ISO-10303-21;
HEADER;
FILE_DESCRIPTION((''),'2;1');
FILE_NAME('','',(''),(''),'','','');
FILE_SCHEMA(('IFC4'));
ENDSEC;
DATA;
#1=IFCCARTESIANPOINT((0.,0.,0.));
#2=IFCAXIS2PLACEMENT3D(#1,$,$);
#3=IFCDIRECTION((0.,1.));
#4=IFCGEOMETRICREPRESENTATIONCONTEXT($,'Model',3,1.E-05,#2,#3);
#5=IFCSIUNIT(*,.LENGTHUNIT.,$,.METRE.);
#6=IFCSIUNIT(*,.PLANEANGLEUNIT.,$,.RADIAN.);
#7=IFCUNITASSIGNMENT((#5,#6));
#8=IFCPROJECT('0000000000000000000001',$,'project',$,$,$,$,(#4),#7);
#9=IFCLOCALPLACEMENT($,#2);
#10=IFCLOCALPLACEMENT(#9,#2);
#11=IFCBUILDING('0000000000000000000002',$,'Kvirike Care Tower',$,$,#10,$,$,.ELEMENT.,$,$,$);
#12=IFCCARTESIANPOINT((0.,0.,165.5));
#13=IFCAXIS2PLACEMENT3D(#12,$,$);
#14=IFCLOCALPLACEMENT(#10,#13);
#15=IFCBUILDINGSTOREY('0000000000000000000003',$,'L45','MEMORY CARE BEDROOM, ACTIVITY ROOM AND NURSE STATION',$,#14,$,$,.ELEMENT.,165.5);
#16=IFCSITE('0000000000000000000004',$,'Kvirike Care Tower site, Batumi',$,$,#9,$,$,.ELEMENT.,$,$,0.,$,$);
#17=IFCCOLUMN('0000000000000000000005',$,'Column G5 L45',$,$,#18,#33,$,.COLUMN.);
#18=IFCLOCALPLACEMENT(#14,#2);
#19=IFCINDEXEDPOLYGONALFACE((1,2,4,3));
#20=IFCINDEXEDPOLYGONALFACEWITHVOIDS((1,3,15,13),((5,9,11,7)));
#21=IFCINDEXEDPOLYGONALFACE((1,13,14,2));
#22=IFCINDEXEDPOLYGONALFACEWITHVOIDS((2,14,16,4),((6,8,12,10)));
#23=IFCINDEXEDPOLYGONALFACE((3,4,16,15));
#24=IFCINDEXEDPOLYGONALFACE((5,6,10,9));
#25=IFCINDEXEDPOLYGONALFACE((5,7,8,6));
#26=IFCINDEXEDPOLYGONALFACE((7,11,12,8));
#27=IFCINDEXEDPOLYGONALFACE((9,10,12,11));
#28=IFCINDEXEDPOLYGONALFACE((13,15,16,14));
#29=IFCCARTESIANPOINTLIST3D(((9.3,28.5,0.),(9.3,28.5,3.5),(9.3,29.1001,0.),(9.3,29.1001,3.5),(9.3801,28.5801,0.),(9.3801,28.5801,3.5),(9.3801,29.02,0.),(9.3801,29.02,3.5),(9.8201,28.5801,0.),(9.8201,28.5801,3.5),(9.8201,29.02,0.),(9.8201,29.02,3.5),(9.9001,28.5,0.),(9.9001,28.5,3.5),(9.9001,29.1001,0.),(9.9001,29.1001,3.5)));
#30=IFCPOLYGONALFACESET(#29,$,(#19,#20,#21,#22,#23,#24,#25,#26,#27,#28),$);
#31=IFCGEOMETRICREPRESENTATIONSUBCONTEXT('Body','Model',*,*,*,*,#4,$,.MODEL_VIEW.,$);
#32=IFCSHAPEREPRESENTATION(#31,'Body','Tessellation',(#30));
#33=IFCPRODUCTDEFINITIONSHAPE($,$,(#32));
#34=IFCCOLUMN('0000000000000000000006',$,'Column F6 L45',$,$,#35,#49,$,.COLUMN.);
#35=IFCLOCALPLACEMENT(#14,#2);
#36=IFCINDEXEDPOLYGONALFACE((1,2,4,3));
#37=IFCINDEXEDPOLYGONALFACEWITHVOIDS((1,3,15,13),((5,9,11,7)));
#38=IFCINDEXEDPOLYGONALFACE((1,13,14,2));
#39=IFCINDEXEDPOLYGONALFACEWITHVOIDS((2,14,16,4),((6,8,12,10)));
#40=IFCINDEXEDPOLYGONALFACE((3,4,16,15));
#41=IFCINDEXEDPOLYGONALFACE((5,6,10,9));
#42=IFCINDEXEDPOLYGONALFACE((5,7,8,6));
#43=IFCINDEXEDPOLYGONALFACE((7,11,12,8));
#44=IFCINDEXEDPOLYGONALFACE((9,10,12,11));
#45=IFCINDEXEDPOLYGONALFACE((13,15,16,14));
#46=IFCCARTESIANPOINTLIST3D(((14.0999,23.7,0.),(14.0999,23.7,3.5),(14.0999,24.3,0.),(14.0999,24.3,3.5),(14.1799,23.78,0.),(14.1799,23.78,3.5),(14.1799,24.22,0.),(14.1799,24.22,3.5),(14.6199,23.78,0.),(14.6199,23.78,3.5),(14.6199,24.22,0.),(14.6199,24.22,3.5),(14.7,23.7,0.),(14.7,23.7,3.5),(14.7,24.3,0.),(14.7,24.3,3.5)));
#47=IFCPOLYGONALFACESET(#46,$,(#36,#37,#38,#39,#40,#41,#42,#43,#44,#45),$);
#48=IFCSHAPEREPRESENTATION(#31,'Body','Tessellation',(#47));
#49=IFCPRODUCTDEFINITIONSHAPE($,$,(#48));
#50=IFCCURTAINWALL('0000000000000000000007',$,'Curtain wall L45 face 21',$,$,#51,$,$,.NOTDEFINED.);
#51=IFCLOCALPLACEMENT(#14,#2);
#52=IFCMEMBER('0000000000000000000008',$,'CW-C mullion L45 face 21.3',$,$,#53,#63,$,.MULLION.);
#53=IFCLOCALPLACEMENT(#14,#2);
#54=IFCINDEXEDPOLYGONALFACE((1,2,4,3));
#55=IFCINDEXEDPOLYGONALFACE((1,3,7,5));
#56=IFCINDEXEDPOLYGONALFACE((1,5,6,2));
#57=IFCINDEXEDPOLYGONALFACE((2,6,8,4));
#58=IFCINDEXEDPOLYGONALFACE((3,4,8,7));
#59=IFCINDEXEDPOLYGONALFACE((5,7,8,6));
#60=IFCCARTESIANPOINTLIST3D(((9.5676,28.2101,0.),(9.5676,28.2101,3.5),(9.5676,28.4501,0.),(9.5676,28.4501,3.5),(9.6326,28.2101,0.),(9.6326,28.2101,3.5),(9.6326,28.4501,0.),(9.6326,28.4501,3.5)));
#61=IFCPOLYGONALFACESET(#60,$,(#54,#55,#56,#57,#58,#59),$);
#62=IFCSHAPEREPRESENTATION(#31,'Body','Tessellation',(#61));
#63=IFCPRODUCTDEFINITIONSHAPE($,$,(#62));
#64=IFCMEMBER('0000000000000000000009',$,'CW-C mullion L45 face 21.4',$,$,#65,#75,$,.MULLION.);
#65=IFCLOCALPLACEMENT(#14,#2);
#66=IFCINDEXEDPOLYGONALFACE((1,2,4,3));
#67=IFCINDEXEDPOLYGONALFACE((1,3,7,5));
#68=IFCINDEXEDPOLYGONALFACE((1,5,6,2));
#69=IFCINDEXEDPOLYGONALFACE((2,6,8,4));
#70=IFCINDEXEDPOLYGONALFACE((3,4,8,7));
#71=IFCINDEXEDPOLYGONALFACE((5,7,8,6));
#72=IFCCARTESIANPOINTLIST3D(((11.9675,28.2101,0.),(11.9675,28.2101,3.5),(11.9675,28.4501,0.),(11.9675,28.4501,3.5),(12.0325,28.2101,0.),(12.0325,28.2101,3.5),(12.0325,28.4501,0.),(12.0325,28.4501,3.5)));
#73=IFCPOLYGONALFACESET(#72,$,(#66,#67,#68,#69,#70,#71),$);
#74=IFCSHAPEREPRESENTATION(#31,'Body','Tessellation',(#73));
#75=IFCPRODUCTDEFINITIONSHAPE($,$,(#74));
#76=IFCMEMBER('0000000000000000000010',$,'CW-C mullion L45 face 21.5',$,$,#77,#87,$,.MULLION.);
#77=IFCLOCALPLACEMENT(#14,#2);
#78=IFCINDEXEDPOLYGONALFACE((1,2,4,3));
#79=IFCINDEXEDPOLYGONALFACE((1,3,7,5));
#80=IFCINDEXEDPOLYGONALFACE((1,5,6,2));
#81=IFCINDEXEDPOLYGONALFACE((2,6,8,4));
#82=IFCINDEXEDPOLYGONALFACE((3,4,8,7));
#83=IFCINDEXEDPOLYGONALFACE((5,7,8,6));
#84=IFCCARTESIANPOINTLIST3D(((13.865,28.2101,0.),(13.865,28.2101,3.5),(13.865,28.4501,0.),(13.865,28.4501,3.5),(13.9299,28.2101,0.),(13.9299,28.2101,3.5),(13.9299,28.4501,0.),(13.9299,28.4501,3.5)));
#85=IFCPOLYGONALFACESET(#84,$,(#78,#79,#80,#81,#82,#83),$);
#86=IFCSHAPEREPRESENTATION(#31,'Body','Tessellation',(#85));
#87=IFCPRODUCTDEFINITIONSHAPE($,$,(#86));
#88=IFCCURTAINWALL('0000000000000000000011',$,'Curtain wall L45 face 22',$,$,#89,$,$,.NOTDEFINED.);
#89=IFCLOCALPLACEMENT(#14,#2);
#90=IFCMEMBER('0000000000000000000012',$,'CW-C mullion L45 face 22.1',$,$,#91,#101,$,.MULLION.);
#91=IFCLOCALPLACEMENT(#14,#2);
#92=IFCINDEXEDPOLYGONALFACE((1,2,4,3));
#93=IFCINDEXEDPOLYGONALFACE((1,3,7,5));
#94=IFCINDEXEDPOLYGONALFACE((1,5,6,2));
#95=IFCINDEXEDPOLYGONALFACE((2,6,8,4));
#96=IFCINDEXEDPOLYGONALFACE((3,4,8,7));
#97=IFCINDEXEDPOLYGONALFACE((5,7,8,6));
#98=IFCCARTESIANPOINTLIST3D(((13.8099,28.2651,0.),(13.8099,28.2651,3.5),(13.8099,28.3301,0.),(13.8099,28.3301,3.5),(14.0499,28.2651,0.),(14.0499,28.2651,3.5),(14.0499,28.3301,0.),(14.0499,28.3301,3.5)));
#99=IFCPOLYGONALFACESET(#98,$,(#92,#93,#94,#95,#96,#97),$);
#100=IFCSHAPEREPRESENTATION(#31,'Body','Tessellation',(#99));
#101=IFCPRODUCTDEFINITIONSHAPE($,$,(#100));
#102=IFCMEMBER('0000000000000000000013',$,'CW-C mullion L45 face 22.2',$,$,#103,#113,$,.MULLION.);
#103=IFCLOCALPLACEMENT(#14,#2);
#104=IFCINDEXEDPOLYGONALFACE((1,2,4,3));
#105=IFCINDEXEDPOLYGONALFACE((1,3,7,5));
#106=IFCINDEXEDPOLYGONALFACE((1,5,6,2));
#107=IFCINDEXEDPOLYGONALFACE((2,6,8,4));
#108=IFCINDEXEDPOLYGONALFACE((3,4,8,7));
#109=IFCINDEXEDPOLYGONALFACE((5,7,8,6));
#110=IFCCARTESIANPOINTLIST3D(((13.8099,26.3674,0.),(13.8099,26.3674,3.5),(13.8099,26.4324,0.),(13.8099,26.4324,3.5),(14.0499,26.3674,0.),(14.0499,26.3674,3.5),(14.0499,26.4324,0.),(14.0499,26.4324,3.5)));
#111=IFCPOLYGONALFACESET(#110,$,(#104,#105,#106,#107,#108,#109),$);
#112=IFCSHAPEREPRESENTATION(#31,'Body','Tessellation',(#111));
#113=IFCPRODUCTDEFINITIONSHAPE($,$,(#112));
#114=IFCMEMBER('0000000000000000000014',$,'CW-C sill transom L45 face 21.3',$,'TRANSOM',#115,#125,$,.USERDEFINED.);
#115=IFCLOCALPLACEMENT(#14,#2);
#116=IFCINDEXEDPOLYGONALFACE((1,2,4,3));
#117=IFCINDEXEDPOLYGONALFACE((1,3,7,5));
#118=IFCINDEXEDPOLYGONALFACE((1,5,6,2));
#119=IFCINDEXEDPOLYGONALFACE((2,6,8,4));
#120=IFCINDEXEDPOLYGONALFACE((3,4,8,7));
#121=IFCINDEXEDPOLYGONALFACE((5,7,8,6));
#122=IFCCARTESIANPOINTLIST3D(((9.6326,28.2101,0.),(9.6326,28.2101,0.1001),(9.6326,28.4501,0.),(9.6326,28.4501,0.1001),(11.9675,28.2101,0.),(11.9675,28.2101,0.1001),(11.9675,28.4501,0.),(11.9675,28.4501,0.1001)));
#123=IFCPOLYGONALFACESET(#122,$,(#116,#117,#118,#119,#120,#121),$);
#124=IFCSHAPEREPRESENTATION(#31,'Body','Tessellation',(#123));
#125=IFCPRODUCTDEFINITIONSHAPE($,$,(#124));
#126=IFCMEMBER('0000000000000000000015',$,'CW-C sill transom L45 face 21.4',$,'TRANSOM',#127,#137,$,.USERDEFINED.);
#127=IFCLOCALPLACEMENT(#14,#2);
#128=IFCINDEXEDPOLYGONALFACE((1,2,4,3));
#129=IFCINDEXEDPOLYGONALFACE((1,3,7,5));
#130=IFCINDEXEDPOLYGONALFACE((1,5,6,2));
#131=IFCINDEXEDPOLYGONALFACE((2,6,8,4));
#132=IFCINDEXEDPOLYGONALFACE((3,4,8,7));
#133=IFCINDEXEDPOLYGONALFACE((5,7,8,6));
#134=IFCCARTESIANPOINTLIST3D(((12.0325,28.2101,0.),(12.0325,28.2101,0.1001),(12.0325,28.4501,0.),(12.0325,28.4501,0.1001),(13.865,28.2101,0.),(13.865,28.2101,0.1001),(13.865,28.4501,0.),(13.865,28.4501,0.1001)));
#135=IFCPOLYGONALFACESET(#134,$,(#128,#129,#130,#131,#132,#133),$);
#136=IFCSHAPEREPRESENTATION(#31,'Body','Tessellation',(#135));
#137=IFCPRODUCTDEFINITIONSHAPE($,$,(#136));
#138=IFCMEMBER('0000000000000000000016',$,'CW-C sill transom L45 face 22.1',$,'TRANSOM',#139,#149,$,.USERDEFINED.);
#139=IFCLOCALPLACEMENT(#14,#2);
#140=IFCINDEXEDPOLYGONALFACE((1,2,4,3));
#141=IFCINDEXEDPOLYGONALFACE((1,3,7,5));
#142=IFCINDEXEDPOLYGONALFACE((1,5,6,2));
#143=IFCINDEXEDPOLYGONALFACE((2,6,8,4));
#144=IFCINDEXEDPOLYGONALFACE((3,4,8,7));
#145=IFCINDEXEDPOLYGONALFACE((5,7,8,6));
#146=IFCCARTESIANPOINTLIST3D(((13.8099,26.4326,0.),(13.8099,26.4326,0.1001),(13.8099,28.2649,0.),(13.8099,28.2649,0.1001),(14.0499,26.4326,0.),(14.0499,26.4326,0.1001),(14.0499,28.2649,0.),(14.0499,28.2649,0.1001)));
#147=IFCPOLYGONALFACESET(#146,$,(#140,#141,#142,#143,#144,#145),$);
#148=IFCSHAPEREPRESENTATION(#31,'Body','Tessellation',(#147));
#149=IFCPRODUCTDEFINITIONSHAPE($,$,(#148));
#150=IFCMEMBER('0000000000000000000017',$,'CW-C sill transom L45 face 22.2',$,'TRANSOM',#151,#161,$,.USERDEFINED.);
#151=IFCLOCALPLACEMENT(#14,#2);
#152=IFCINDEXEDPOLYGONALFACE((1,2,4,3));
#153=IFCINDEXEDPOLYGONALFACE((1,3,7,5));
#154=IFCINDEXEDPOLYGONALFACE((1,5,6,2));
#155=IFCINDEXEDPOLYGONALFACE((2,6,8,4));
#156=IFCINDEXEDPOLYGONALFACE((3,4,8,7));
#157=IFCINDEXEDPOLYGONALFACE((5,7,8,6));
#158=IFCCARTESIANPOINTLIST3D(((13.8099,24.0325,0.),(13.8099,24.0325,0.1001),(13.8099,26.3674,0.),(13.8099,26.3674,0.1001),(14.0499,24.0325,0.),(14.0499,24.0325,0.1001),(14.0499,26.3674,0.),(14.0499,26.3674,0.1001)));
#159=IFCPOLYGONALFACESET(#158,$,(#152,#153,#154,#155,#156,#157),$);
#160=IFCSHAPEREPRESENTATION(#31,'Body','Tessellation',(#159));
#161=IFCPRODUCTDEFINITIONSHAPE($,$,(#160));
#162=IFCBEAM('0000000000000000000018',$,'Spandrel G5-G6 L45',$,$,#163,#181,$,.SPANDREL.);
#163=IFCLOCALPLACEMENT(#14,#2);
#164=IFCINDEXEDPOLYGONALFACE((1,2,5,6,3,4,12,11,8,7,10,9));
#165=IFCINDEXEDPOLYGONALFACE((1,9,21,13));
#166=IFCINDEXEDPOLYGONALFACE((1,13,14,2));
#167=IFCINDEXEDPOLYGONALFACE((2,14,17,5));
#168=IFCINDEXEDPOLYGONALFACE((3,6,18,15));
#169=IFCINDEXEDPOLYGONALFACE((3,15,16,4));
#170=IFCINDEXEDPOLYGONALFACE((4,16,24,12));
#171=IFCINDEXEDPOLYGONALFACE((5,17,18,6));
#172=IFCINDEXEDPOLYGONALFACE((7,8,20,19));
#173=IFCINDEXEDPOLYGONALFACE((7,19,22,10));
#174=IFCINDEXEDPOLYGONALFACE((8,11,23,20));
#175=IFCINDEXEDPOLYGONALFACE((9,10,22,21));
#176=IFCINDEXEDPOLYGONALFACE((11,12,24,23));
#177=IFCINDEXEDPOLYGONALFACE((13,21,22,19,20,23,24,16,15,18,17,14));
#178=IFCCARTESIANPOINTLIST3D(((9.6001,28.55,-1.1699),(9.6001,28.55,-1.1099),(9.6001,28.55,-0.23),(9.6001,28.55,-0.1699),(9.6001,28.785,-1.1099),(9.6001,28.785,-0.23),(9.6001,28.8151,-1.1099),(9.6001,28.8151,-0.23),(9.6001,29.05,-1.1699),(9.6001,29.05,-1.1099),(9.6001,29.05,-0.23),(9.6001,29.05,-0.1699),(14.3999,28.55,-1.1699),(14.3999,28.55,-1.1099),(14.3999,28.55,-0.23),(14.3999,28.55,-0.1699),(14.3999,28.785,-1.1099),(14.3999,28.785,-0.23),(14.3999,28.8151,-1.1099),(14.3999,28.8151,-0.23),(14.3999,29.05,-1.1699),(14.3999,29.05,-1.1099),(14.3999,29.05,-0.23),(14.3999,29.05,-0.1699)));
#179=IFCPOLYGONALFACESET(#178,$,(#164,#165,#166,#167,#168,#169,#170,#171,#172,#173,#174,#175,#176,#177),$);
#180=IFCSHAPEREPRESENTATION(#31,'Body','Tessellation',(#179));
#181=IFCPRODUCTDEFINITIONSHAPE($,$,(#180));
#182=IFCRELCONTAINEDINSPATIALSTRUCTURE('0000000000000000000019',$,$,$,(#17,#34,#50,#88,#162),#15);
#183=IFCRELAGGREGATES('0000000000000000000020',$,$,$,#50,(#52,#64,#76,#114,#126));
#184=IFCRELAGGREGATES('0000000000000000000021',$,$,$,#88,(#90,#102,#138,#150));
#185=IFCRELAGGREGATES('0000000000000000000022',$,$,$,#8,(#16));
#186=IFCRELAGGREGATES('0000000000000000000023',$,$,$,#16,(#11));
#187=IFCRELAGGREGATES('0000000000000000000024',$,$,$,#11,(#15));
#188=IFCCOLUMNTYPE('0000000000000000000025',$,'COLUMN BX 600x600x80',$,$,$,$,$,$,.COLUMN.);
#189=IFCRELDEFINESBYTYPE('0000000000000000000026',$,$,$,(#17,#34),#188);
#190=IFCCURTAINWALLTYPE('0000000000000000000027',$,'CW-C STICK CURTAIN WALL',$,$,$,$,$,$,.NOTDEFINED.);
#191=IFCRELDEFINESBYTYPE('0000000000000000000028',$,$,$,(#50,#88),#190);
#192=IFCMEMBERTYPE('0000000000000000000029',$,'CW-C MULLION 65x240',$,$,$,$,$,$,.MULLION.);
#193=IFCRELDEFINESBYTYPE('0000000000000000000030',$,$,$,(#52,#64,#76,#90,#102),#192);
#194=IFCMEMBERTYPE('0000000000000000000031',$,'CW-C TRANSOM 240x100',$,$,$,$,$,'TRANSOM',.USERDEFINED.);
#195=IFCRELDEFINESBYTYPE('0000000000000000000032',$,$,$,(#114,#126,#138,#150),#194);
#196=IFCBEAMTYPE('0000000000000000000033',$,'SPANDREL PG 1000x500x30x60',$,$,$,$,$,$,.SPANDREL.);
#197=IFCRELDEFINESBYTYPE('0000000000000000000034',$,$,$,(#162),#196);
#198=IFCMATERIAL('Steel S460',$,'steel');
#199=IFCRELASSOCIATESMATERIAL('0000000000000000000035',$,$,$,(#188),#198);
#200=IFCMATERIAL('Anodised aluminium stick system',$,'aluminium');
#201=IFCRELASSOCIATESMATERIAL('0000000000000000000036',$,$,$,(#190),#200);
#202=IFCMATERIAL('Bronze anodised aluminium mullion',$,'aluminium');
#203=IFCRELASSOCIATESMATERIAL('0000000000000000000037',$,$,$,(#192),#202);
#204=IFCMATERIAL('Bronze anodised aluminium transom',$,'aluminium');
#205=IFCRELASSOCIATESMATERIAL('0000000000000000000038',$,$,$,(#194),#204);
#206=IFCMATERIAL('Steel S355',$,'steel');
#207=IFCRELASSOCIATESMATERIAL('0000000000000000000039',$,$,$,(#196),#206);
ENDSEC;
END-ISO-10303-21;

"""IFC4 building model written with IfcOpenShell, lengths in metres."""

from ifc_helpers import new_model, si_unit, direction, frame, origin, origin_2d, place, context, subcontext, project, spatial, rectangle, hollow_rectangle, i_section, extrude, material, material_profile, profile_set, type_object, element, aggregate, save


model = new_model("IFC4")

# Units and contexts
model_context = context("Model", 3, precision=1e-05, world=origin(), true_north=direction((0.0, 1.0)))
body_context = subcontext(model_context, "Body", "Model", "MODEL_VIEW")
ifc_project = project(units=[si_unit("LENGTHUNIT", "METRE"), si_unit("PLANEANGLEUNIT", "RADIAN")], contexts=[model_context])

# Site, building, storey
site_placement = place(None, origin())
site = spatial("IfcSite", under=ifc_project, at=site_placement, Name="Kvirike Care Tower site, Batumi", CompositionType="ELEMENT", RefElevation=0.0)
building_placement = place(site_placement, origin())
building = spatial("IfcBuilding", under=site, at=building_placement, Name="Kvirike Care Tower", CompositionType="ELEMENT")
storey_placement = place(building_placement, frame((0.0, 0.0, 165.5)))
storey = spatial("IfcBuildingStorey", under=building, at=storey_placement, Name="L45", Description="MEMORY CARE BEDROOM, ACTIVITY ROOM AND NURSE STATION", CompositionType="ELEMENT", Elevation=165.5)

# Columns
ifc_material_1 = material(Name="Steel S460", Category="steel")
ifc_material_profile_1 = material_profile(ifc_material_1, hollow_rectangle(XDim=0.6001, YDim=0.6001, WallThickness=0.0801, at=origin_2d()), Name="BX 600x600x80")
ifc_profile_set_1 = profile_set([ifc_material_profile_1], Name="Steel S460")
column_type = type_object("IfcColumnType", Name="COLUMN BX 600x600x80", PredefinedType="COLUMN", material=ifc_profile_set_1)
for number, where, z_axis, x_axis, name in (
    (1, (9.6001, 28.8, 0.0), (0.0, 0.0, 1.0), (0.0, 1.0, 0.0), "Column G5 L45"),
    (2, (14.3999, 24.0, 0.0), (0.0, 0.0, 1.0), (1.0, 0.0, 0.0), "Column F6 L45"),
):
    element("IfcColumn", number, at=place(storey_placement, frame(where, z_axis=z_axis, x_axis=x_axis)), inside=storey, type_object=column_type, Name=name, PredefinedType="COLUMN", context=body_context, shape_type="SweptSolid", body=[
        extrude(hollow_rectangle(XDim=0.6001, YDim=0.6001, WallThickness=0.0801, at=origin_2d()), origin(), (0.0, 0.0, 1.0), 3.5),
    ])

# Curtain walls, members
ifc_material_2 = material(Name="Anodised aluminium stick system", Category="aluminium")
curtain_wall_type = type_object("IfcCurtainWallType", Name="CW-C STICK CURTAIN WALL", PredefinedType="NOTDEFINED", material=ifc_material_2)
curtain_wall_1_placement = place(storey_placement, origin())
curtain_wall_1 = element("IfcCurtainWall", 3, at=curtain_wall_1_placement, inside=storey, type_object=curtain_wall_type, Name="Curtain wall L45 face 21", PredefinedType="NOTDEFINED")
ifc_material_3 = material(Name="Bronze anodised aluminium mullion", Category="aluminium")
ifc_material_profile_2 = material_profile(ifc_material_3, rectangle(XDim=0.0649, YDim=0.24, at=origin_2d()), Name="CW-C MULLION 65x240")
ifc_profile_set_2 = profile_set([ifc_material_profile_2], Name="Bronze anodised aluminium mullion")
member_type_1 = type_object("IfcMemberType", Name="CW-C MULLION 65x240", PredefinedType="MULLION", material=ifc_profile_set_2)
member_1_placement = place(storey_placement, frame((9.6001, 28.3301, 0.0), z_axis=(0.0, 0.0, 1.0), x_axis=(1.0, 0.0, 0.0)))
member_1 = element("IfcMember", 4, at=member_1_placement, type_object=member_type_1, Name="CW-C mullion L45 face 21.3", PredefinedType="MULLION", context=body_context, shape_type="SweptSolid", body=[
    extrude(rectangle(XDim=0.0649, YDim=0.24, at=origin_2d()), origin(), (0.0, 0.0, 1.0), 3.5),
])
member_2_placement = place(storey_placement, frame((12.0, 28.3301, 0.0), z_axis=(0.0, 0.0, 1.0), x_axis=(1.0, 0.0, 0.0)))
member_2 = element("IfcMember", 5, at=member_2_placement, type_object=member_type_1, Name="CW-C mullion L45 face 21.4", PredefinedType="MULLION", context=body_context, shape_type="SweptSolid", body=[
    extrude(rectangle(XDim=0.0649, YDim=0.24, at=origin_2d()), origin(), (0.0, 0.0, 1.0), 3.5),
])
member_3_placement = place(storey_placement, frame((13.8975, 28.3301, 0.0), z_axis=(0.0, 0.0, 1.0), x_axis=(1.0, 0.0, 0.0)))
member_3 = element("IfcMember", 6, at=member_3_placement, type_object=member_type_1, Name="CW-C mullion L45 face 21.5", PredefinedType="MULLION", context=body_context, shape_type="SweptSolid", body=[
    extrude(rectangle(XDim=0.0649, YDim=0.24, at=origin_2d()), origin(), (0.0, 0.0, 1.0), 3.5),
])
curtain_wall_2_placement = place(storey_placement, origin())
curtain_wall_2 = element("IfcCurtainWall", 7, at=curtain_wall_2_placement, inside=storey, type_object=curtain_wall_type, Name="Curtain wall L45 face 22", PredefinedType="NOTDEFINED")
member_4_placement = place(storey_placement, frame((13.9299, 28.2976, 0.0), z_axis=(0.0, 0.0, 1.0), x_axis=(0.0, -1.0, 0.0)))
member_4 = element("IfcMember", 8, at=member_4_placement, type_object=member_type_1, Name="CW-C mullion L45 face 22.1", PredefinedType="MULLION", context=body_context, shape_type="SweptSolid", body=[
    extrude(rectangle(XDim=0.0649, YDim=0.24, at=origin_2d()), origin(), (0.0, 0.0, 1.0), 3.5),
])
member_5_placement = place(storey_placement, frame((13.9299, 26.3999, 0.0), z_axis=(0.0, 0.0, 1.0), x_axis=(0.0, -1.0, 0.0)))
member_5 = element("IfcMember", 9, at=member_5_placement, type_object=member_type_1, Name="CW-C mullion L45 face 22.2", PredefinedType="MULLION", context=body_context, shape_type="SweptSolid", body=[
    extrude(rectangle(XDim=0.0649, YDim=0.24, at=origin_2d()), origin(), (0.0, 0.0, 1.0), 3.5),
])

# Members
ifc_material_4 = material(Name="Bronze anodised aluminium transom", Category="aluminium")
ifc_material_profile_3 = material_profile(ifc_material_4, rectangle(XDim=0.24, YDim=0.1001, at=origin_2d()), Name="CW-C TRANSOM 240x100")
ifc_profile_set_3 = profile_set([ifc_material_profile_3], Name="Bronze anodised aluminium transom")
member_type_2 = type_object("IfcMemberType", Name="CW-C TRANSOM 240x100", ElementType="TRANSOM", PredefinedType="USERDEFINED", material=ifc_profile_set_3)
member_6_placement = place(storey_placement, frame((9.6326, 28.3301, 0.05), z_axis=(1.0, 0.0, 0.0), x_axis=(0.0, 1.0, 0.0)))
member_6 = element("IfcMember", 10, at=member_6_placement, type_object=member_type_2, Name="CW-C sill transom L45 face 21.3", ObjectType="TRANSOM", PredefinedType="USERDEFINED", context=body_context, shape_type="SweptSolid", body=[
    extrude(rectangle(XDim=0.24, YDim=0.1001, at=origin_2d()), origin(), (0.0, 0.0, 1.0), 2.335),
])
member_7_placement = place(storey_placement, frame((12.0325, 28.3301, 0.05), z_axis=(1.0, 0.0, 0.0), x_axis=(0.0, 1.0, 0.0)))
member_7 = element("IfcMember", 11, at=member_7_placement, type_object=member_type_2, Name="CW-C sill transom L45 face 21.4", ObjectType="TRANSOM", PredefinedType="USERDEFINED", context=body_context, shape_type="SweptSolid", body=[
    extrude(rectangle(XDim=0.24, YDim=0.1001, at=origin_2d()), origin(), (0.0, 0.0, 1.0), 1.8325),
])
member_8_placement = place(storey_placement, frame((13.9299, 28.2649, 0.05), z_axis=(0.0, -1.0, 0.0), x_axis=(1.0, 0.0, 0.0)))
member_8 = element("IfcMember", 12, at=member_8_placement, type_object=member_type_2, Name="CW-C sill transom L45 face 22.1", ObjectType="TRANSOM", PredefinedType="USERDEFINED", context=body_context, shape_type="SweptSolid", body=[
    extrude(rectangle(XDim=0.24, YDim=0.1001, at=origin_2d()), origin(), (0.0, 0.0, 1.0), 1.8323),
])
member_9_placement = place(storey_placement, frame((13.9299, 26.3674, 0.05), z_axis=(0.0, -1.0, 0.0), x_axis=(1.0, 0.0, 0.0)))
member_9 = element("IfcMember", 13, at=member_9_placement, type_object=member_type_2, Name="CW-C sill transom L45 face 22.2", ObjectType="TRANSOM", PredefinedType="USERDEFINED", context=body_context, shape_type="SweptSolid", body=[
    extrude(rectangle(XDim=0.24, YDim=0.1001, at=origin_2d()), origin(), (0.0, 0.0, 1.0), 2.335),
])

# Beam
ifc_material_5 = material(Name="Steel S355", Category="steel")
ifc_material_profile_4 = material_profile(ifc_material_5, i_section(OverallWidth=0.5, OverallDepth=1.0, WebThickness=0.03, FlangeThickness=0.0601, at=origin_2d()), Name="PG 1000x500x30x60")
ifc_profile_set_4 = profile_set([ifc_material_profile_4], Name="Steel S355")
beam_type_1 = type_object("IfcBeamType", Name="SPANDREL PG 1000x500x30x60", PredefinedType="SPANDREL", material=ifc_profile_set_4)
beam_1_placement = place(storey_placement, frame((9.6001, 28.8, -0.6699), z_axis=(1.0, 0.0, 0.0), x_axis=(0.0, 1.0, 0.0)))
element("IfcBeam", 14, at=beam_1_placement, inside=storey, type_object=beam_type_1, Name="Spandrel G5-G6 L45", PredefinedType="SPANDREL", context=body_context, shape_type="SweptSolid", body=[
    extrude(i_section(OverallWidth=0.5, OverallDepth=1.0, WebThickness=0.03, FlangeThickness=0.0601, at=origin_2d()), origin(), (0.0, 0.0, 1.0), 4.7998),
])

aggregate(curtain_wall_1, [member_1, member_2, member_3, member_6, member_7])
aggregate(curtain_wall_2, [member_4, member_5, member_8, member_9])

save(model, "model.ifc")
